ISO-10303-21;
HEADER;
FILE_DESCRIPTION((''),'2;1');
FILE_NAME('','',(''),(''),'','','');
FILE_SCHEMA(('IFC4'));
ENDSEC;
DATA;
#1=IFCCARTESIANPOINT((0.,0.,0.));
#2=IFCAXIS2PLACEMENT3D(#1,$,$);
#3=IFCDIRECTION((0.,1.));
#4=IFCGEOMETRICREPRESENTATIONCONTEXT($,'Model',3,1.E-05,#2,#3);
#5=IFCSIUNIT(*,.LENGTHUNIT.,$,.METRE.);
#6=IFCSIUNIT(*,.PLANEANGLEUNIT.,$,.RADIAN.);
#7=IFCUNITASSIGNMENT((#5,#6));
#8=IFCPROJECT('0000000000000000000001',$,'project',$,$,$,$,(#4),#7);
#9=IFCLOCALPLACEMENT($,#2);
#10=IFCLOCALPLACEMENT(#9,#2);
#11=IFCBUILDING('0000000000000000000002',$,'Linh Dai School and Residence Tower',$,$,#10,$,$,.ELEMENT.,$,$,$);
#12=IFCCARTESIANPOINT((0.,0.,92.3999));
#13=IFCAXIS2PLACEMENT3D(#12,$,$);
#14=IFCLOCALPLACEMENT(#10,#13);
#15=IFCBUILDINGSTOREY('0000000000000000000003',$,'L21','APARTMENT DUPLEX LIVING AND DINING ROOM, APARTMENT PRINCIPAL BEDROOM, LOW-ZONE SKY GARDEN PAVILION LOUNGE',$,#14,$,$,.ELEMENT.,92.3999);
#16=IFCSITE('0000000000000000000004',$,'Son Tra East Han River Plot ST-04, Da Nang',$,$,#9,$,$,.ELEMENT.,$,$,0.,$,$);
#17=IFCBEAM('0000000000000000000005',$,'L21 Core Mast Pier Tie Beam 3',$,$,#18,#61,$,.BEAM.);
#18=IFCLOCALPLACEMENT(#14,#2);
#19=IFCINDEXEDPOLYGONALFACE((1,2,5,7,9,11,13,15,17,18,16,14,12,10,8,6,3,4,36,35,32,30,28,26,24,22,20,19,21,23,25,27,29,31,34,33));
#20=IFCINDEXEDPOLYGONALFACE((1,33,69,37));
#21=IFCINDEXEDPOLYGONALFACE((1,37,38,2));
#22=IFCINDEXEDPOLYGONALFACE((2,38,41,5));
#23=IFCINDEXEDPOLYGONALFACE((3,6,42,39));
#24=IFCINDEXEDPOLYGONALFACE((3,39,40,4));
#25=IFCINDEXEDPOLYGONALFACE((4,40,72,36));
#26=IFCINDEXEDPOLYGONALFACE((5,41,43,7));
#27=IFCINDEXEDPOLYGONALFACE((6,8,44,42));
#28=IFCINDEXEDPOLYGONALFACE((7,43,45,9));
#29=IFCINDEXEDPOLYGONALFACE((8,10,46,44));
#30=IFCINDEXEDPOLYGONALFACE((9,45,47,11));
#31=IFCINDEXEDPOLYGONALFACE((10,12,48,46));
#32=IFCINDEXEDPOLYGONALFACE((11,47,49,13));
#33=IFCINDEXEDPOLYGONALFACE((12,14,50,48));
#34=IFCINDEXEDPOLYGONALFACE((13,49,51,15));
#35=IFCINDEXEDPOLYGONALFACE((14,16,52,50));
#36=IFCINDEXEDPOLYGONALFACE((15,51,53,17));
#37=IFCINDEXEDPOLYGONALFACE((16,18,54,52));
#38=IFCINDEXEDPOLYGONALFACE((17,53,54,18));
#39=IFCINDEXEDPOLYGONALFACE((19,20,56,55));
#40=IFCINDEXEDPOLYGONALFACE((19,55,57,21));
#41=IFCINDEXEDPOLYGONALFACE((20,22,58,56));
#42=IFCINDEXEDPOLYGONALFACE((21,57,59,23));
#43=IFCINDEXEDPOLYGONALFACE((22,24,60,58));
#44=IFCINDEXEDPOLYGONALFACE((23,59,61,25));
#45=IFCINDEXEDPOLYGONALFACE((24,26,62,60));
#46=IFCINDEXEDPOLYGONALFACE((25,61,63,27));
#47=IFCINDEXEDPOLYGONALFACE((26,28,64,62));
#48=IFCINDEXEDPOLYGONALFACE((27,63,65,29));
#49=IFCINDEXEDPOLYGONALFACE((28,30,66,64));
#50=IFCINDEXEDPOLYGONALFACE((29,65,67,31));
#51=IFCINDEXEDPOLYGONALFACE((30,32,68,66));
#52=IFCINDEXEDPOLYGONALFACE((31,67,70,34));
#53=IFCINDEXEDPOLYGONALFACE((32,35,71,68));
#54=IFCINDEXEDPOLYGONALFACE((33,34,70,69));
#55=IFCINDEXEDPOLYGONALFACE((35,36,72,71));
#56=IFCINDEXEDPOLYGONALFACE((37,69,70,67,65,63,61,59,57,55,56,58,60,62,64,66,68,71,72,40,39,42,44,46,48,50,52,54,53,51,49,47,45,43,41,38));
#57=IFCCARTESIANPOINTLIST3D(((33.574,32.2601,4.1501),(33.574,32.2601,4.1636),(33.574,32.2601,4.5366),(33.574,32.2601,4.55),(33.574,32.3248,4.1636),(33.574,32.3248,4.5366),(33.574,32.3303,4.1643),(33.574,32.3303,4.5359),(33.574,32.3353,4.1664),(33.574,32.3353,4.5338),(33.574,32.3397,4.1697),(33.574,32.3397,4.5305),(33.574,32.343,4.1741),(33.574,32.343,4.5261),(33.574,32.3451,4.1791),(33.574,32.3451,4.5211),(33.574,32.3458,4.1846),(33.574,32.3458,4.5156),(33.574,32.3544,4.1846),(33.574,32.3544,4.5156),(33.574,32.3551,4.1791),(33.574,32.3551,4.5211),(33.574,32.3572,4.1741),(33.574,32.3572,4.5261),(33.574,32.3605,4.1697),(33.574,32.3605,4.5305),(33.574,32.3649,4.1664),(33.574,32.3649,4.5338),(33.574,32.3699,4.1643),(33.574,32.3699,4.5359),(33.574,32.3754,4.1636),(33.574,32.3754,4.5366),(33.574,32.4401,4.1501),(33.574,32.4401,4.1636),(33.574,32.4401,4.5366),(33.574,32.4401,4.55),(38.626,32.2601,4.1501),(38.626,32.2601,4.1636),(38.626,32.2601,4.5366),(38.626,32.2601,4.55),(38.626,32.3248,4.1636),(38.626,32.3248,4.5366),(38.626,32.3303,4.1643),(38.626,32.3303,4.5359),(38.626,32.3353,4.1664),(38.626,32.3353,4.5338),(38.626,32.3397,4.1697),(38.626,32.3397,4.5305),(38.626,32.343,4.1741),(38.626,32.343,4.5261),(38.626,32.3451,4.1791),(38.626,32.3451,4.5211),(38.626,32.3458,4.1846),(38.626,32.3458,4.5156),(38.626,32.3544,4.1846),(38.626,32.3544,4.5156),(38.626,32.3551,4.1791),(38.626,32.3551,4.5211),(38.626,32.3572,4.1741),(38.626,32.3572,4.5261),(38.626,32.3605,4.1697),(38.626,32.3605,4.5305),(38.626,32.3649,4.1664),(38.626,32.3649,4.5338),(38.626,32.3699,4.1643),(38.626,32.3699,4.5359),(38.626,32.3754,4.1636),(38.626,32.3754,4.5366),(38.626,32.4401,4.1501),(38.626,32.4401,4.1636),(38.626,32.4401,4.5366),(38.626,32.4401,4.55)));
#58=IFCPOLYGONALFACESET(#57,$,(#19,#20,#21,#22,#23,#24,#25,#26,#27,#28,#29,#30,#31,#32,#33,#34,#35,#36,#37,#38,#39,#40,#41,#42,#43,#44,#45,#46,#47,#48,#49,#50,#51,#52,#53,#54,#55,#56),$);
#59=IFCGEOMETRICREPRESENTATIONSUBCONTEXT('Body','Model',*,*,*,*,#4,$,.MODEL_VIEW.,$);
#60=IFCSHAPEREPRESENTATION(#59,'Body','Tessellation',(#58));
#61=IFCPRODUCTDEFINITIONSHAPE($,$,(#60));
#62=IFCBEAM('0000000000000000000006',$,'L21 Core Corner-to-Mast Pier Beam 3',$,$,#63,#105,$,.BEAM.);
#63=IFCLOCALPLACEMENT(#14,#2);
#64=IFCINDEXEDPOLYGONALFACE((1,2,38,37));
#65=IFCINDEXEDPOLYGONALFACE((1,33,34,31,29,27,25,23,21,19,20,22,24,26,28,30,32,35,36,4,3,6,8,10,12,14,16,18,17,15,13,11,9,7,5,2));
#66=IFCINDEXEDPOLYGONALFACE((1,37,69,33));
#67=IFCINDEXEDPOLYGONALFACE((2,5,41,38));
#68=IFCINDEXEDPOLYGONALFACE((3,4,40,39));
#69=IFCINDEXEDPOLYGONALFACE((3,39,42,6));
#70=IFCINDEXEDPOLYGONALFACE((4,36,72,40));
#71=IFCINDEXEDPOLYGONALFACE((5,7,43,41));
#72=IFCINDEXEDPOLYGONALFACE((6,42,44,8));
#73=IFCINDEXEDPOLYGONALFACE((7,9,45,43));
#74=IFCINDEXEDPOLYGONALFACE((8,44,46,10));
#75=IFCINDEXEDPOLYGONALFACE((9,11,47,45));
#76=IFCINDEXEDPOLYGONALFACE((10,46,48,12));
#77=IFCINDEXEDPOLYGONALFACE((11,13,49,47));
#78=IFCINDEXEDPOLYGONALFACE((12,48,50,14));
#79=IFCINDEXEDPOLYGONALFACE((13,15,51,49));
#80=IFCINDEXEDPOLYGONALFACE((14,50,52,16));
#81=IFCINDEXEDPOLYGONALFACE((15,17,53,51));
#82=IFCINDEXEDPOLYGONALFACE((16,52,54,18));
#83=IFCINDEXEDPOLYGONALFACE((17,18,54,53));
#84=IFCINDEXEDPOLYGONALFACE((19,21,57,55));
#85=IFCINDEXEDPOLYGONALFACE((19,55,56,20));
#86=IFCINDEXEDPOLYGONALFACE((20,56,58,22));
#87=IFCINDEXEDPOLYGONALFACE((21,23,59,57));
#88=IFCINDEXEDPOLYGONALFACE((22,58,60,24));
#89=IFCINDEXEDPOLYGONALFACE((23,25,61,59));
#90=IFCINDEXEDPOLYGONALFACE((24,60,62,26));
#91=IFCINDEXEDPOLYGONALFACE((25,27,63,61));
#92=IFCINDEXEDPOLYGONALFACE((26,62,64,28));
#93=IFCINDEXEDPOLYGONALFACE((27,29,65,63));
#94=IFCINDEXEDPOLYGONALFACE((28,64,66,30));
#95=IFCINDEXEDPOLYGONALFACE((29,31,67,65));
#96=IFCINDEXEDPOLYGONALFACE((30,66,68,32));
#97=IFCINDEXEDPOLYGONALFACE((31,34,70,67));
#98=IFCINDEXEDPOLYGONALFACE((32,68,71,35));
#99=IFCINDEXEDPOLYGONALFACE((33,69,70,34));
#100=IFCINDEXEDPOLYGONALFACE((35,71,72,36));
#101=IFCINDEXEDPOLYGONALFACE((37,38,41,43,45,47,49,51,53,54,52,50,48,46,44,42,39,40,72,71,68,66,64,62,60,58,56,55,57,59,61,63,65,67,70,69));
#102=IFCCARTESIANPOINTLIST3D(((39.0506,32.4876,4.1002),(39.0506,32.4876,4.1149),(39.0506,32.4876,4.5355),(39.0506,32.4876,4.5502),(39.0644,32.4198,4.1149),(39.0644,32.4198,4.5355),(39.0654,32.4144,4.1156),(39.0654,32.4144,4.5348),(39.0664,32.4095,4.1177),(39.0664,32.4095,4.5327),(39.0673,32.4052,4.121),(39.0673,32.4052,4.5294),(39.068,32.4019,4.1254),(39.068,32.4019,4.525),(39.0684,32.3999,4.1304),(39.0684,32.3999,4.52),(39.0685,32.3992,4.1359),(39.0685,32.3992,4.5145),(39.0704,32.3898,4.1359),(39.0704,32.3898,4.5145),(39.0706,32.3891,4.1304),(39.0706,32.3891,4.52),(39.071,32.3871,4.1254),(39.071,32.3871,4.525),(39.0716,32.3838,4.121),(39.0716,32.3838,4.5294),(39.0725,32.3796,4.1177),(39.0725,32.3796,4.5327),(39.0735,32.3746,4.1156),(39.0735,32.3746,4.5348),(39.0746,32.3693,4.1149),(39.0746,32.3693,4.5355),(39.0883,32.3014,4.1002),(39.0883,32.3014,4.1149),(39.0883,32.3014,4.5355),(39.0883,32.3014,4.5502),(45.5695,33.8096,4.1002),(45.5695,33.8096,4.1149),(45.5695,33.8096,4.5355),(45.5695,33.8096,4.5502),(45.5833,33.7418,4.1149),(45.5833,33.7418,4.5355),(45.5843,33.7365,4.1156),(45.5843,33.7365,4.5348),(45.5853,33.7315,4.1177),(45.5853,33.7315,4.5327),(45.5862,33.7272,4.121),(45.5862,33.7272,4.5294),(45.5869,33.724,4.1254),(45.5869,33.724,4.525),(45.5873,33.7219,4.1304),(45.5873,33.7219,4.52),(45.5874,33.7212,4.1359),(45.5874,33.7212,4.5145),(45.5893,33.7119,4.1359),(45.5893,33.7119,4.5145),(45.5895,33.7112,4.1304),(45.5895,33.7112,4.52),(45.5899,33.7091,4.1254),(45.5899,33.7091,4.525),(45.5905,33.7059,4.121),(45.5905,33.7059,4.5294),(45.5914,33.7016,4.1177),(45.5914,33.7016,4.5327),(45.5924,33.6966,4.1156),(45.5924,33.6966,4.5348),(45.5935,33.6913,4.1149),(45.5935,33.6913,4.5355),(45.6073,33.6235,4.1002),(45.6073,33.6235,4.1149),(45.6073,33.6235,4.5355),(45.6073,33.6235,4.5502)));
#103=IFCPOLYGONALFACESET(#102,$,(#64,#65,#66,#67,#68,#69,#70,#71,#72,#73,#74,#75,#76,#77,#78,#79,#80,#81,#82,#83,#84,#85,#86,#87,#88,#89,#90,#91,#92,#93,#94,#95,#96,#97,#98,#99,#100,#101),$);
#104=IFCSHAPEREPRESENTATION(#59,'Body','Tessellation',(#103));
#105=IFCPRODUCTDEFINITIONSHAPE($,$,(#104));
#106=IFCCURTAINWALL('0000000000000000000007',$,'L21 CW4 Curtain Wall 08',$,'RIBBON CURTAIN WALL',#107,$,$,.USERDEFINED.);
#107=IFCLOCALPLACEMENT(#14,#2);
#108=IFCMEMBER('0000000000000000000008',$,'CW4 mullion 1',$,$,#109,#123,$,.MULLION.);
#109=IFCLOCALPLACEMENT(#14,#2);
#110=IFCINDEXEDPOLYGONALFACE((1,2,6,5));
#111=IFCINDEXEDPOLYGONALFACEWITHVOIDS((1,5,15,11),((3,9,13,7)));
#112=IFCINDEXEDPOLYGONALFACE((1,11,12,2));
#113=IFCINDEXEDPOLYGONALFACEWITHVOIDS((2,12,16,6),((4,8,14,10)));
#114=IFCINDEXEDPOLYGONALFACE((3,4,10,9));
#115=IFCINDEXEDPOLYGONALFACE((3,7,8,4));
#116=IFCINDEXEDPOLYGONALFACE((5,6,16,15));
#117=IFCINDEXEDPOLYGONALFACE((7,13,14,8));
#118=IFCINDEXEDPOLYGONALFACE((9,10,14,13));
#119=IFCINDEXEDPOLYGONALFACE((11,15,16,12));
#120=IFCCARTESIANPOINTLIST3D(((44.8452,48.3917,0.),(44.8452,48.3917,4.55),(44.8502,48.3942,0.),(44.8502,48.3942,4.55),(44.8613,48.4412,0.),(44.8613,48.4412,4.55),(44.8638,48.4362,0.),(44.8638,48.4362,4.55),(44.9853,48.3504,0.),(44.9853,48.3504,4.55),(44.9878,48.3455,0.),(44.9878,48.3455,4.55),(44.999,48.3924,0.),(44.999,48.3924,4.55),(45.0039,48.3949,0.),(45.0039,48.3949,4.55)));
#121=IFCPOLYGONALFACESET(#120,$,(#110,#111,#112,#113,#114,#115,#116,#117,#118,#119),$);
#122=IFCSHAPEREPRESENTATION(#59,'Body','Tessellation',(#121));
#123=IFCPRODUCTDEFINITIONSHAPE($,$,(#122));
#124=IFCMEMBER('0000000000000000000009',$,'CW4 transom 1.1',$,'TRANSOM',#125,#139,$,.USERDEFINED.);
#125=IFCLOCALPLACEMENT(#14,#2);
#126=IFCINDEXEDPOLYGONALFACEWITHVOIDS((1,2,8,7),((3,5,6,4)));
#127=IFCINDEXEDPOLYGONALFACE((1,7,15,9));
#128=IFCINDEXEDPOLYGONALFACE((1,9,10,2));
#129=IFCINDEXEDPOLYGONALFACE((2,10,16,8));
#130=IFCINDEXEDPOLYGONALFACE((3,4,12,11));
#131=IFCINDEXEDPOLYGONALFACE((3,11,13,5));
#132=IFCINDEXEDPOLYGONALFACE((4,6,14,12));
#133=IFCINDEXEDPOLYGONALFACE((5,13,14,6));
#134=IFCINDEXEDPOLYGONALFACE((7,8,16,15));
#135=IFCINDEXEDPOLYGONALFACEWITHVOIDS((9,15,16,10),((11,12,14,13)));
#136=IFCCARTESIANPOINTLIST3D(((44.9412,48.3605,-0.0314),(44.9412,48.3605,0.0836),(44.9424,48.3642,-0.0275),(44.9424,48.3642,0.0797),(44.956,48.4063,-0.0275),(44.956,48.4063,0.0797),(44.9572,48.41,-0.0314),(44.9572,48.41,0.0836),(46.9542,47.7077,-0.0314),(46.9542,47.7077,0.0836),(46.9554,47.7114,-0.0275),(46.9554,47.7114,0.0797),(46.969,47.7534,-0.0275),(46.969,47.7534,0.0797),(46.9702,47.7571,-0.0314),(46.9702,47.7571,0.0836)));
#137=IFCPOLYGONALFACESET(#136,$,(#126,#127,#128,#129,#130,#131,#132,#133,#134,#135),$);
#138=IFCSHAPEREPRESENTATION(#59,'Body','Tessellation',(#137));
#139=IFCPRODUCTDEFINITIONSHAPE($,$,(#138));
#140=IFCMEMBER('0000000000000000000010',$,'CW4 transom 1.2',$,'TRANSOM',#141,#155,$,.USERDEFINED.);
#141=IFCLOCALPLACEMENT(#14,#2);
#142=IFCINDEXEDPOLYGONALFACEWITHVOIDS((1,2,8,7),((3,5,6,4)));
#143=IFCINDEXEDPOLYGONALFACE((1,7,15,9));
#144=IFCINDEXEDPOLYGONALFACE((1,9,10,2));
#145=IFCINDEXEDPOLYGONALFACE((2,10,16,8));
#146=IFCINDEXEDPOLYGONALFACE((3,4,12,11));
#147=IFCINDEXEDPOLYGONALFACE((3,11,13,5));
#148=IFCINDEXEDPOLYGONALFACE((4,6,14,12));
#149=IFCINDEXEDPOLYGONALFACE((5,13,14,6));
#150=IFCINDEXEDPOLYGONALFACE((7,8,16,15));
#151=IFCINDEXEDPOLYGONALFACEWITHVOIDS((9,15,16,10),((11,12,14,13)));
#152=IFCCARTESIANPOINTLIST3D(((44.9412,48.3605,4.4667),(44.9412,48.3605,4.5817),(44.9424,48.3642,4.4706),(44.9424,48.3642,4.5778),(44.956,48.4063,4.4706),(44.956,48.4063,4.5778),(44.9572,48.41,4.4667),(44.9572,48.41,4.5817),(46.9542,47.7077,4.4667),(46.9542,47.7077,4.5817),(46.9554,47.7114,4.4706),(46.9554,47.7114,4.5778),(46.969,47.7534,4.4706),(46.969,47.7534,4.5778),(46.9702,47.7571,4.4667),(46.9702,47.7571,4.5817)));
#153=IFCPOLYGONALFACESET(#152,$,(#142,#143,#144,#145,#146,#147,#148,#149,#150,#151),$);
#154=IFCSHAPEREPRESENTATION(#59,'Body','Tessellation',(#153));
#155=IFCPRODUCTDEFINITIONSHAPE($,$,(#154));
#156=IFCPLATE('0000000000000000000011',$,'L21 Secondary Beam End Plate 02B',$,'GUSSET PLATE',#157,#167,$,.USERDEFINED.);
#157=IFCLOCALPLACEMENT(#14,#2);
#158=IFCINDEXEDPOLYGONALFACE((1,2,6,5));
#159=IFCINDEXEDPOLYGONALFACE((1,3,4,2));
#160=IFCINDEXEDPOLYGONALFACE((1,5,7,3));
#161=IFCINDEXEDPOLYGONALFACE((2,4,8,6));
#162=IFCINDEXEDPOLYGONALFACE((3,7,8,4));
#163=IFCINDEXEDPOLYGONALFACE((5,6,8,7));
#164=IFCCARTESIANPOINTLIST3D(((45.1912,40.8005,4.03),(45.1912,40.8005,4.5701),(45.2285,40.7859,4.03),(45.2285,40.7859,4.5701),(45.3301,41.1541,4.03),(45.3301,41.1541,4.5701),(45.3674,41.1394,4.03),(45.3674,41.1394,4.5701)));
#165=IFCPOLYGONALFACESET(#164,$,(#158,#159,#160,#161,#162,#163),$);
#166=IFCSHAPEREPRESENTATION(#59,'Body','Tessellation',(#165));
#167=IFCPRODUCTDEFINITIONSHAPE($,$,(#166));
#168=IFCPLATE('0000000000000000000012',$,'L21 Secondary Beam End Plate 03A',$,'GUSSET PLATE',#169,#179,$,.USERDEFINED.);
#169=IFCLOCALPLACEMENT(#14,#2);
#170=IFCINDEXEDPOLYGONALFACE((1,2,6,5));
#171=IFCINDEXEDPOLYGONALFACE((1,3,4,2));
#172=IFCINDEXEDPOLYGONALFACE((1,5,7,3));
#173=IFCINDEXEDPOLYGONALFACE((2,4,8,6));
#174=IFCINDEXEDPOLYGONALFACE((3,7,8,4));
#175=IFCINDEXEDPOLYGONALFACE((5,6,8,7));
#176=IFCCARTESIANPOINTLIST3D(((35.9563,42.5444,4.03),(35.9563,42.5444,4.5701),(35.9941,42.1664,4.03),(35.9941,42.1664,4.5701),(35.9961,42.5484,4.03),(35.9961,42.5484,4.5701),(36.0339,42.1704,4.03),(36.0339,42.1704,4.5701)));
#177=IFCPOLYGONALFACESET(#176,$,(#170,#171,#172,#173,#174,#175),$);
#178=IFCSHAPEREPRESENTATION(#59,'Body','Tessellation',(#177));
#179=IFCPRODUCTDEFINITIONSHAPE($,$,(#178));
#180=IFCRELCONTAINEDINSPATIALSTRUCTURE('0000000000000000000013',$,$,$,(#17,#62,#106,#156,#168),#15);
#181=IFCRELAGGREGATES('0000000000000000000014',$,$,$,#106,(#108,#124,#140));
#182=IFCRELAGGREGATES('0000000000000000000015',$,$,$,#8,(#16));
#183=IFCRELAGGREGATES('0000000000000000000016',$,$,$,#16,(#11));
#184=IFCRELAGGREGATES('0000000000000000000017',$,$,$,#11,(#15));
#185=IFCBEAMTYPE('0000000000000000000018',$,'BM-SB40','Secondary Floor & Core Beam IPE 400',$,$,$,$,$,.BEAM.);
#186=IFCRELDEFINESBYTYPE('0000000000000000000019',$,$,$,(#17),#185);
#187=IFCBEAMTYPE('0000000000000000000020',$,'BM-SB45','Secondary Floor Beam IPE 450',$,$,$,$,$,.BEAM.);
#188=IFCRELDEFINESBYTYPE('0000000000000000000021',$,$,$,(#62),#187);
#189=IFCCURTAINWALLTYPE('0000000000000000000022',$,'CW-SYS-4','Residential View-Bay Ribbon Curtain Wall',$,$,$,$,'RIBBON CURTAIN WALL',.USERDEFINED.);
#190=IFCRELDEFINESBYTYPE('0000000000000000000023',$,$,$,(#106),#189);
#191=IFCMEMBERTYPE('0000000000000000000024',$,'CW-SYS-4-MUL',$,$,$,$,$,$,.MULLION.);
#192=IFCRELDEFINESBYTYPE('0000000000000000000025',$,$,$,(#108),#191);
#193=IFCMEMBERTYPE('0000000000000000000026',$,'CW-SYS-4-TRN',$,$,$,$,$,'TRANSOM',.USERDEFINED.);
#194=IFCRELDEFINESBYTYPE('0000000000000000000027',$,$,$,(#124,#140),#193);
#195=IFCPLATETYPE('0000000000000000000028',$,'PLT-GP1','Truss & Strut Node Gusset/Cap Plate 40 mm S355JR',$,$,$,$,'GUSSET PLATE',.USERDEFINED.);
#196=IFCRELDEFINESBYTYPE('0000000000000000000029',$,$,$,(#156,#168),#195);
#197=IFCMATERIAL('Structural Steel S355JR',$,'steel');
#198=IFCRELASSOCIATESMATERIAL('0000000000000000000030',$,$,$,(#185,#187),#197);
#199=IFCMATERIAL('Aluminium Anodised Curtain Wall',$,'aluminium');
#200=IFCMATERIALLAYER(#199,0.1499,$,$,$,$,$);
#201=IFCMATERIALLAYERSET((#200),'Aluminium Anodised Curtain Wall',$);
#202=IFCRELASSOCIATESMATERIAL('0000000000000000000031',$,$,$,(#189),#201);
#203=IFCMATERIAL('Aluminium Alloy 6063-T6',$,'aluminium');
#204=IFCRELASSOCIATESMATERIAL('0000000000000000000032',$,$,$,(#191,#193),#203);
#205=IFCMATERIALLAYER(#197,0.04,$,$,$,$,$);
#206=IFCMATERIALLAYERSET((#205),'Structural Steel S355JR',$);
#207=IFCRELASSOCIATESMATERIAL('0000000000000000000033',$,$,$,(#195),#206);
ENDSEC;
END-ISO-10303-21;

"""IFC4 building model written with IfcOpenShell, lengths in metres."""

from ifc_helpers import new_model, si_unit, direction, frame, origin, origin_2d, place, context, subcontext, project, spatial, rectangle, hollow_rectangle, i_section, extrude, source, transform, mapped, material, layer, layer_set, material_profile, profile_set, type_object, element, aggregate, save


model = new_model("IFC4")

# Units and contexts
model_context = context("Model", 3, precision=1e-05, world=origin(), true_north=direction((0.0, 1.0)))
body_context = subcontext(model_context, "Body", "Model", "MODEL_VIEW")
ifc_project = project(units=[si_unit("LENGTHUNIT", "METRE"), si_unit("PLANEANGLEUNIT", "RADIAN")], contexts=[model_context])

# Site, building, storey
site_placement = place(None, origin())
site = spatial("IfcSite", under=ifc_project, at=site_placement, Name="Son Tra East Han River Plot ST-04, Da Nang", CompositionType="ELEMENT", RefElevation=0.0)
building_placement = place(site_placement, origin())
building = spatial("IfcBuilding", under=site, at=building_placement, Name="Linh Dai School and Residence Tower", CompositionType="ELEMENT")
storey_placement = place(building_placement, frame((0.0, 0.0, 92.3999)))
storey = spatial("IfcBuildingStorey", under=building, at=storey_placement, Name="L21", Description="APARTMENT DUPLEX LIVING AND DINING ROOM, APARTMENT PRINCIPAL BEDROOM, LOW-ZONE SKY GARDEN PAVILION LOUNGE", CompositionType="ELEMENT", Elevation=92.3999)

# Shared definitions
ifc_material_1 = material(Name="Structural Steel S355JR", Category="steel")

# Beams
ifc_material_profile_1 = material_profile(ifc_material_1, i_section(OverallWidth=0.1799, OverallDepth=0.3999, WebThickness=0.0085, FlangeThickness=0.0134, FilletRadius=0.021, at=origin_2d()), Name="IPE 400")
ifc_profile_set_1 = profile_set([ifc_material_profile_1], Name="Structural Steel S355JR")
beam_type_1 = type_object("IfcBeamType", Name="BM-SB40", Description="Secondary Floor & Core Beam IPE 400", PredefinedType="BEAM", material=ifc_profile_set_1)
beam_1_placement = place(storey_placement, frame((38.626, 32.3501, 4.3501), z_axis=(-1.0, 0.0, 0.0), x_axis=(0.0, -1.0, 0.0)))
element("IfcBeam", 1, at=beam_1_placement, inside=storey, type_object=beam_type_1, Name="L21 Core Mast Pier Tie Beam 3", PredefinedType="BEAM", context=body_context, shape_type="SweptSolid", body=[
    extrude(i_section(OverallWidth=0.1799, OverallDepth=0.3999, WebThickness=0.0085, FlangeThickness=0.0134, FilletRadius=0.021, at=origin_2d()), origin(), (0.0, 0.0, 1.0), 5.052),
])
ifc_material_profile_2 = material_profile(ifc_material_1, i_section(OverallWidth=0.1899, OverallDepth=0.45, WebThickness=0.0095, FlangeThickness=0.0146, FilletRadius=0.021, at=origin_2d()), Name="IPE 450")
ifc_profile_set_2 = profile_set([ifc_material_profile_2], Name="Structural Steel S355JR")
beam_type_2 = type_object("IfcBeamType", Name="BM-SB45", Description="Secondary Floor Beam IPE 450", PredefinedType="BEAM", material=ifc_profile_set_2)
beam_2_placement = place(storey_placement, frame((45.5884, 33.7166, 4.3252), z_axis=(-0.980049, -0.198755, 0.0), x_axis=(0.198755, -0.980049, 0.0)))
element("IfcBeam", 2, at=beam_2_placement, inside=storey, type_object=beam_type_2, Name="L21 Core Corner-to-Mast Pier Beam 3", PredefinedType="BEAM", context=body_context, shape_type="SweptSolid", body=[
    extrude(i_section(OverallWidth=0.1899, OverallDepth=0.45, WebThickness=0.0095, FlangeThickness=0.0146, FilletRadius=0.021, at=origin_2d()), origin(), (0.0, 0.0, 1.0), 6.6516),
])

# Curtain wall, members
ifc_material_2 = material(Name="Aluminium Anodised Curtain Wall", Category="aluminium")
ifc_layer_1 = layer(ifc_material_2, 0.1499)
ifc_layer_set_1 = layer_set([ifc_layer_1], Name="Aluminium Anodised Curtain Wall")
curtain_wall_type = type_object("IfcCurtainWallType", Name="CW-SYS-4", Description="Residential View-Bay Ribbon Curtain Wall", ElementType="RIBBON CURTAIN WALL", PredefinedType="USERDEFINED", material=ifc_layer_set_1)
curtain_wall_placement = place(storey_placement, origin())
curtain_wall = element("IfcCurtainWall", 3, at=curtain_wall_placement, inside=storey, type_object=curtain_wall_type, Name="L21 CW4 Curtain Wall 08", ObjectType="RIBBON CURTAIN WALL", PredefinedType="USERDEFINED")
ifc_material_3 = material(Name="Aluminium Alloy 6063-T6", Category="aluminium")
ifc_material_profile_3 = material_profile(ifc_material_3, hollow_rectangle(XDim=0.052, YDim=0.1499, WallThickness=0.0039, at=origin_2d()), Name="RHS 150x52x4")
ifc_profile_set_3 = profile_set([ifc_material_profile_3], Name="Aluminium Alloy 6063-T6")
member_type_1 = type_object("IfcMemberType", Name="CW-SYS-4-MUL", PredefinedType="MULLION", material=ifc_profile_set_3)
shared_shape_1 = source(origin(), body_context, "Body", "SweptSolid", [
    extrude(hollow_rectangle(XDim=0.052, YDim=0.1499, WallThickness=0.0039, at=origin_2d()), origin(), (0.0, 0.0, 1.0), 4.55),
])
member_1_placement = place(storey_placement, frame((44.9246, 48.3933, 0.0), z_axis=(0.0, 0.0, 1.0), x_axis=(0.308522, 0.951217, 0.0)))
member_1 = element("IfcMember", 4, at=member_1_placement, type_object=member_type_1, Name="CW4 mullion 1", PredefinedType="MULLION", context=body_context, shape_type="MappedRepresentation", body=[
    mapped(shared_shape_1, transform((0.0, 0.0, 0.0), x_axis=(1.0, 0.0, 0.0), y_axis=(0.0, 1.0, 0.0), z_axis=(0.0, 0.0, 1.0), scale=1.0)),
])
ifc_material_profile_4 = material_profile(ifc_material_3, hollow_rectangle(XDim=0.052, YDim=0.115, WallThickness=0.0039, at=origin_2d()), Name="RHS 115x52x4")
ifc_profile_set_4 = profile_set([ifc_material_profile_4], Name="Aluminium Alloy 6063-T6")
member_type_2 = type_object("IfcMemberType", Name="CW-SYS-4-TRN", ElementType="TRANSOM", PredefinedType="USERDEFINED", material=ifc_profile_set_4)
shared_shape_2 = source(origin(), body_context, "Body", "SweptSolid", [
    extrude(hollow_rectangle(XDim=0.052, YDim=0.115, WallThickness=0.0039, at=origin_2d()), origin(), (0.0, 0.0, 1.0), 2.1162),
])
member_2_placement = place(storey_placement, frame((44.9492, 48.3853, 0.0261), z_axis=(0.951225, -0.308499, 0.0), x_axis=(0.308499, 0.951225, 0.0)))
member_2 = element("IfcMember", 5, at=member_2_placement, type_object=member_type_2, Name="CW4 transom 1.1", ObjectType="TRANSOM", PredefinedType="USERDEFINED", context=body_context, shape_type="MappedRepresentation", body=[
    mapped(shared_shape_2, transform((0.0, 0.0, 0.0), x_axis=(1.0, 0.0, 0.0), y_axis=(0.0, 1.0, 0.0), z_axis=(0.0, 0.0, 1.0), scale=1.0)),
])
member_3_placement = place(storey_placement, frame((44.9492, 48.3853, 4.5242), z_axis=(0.951225, -0.308499, 0.0), x_axis=(0.308499, 0.951225, 0.0)))
member_3 = element("IfcMember", 6, at=member_3_placement, type_object=member_type_2, Name="CW4 transom 1.2", ObjectType="TRANSOM", PredefinedType="USERDEFINED", context=body_context, shape_type="MappedRepresentation", body=[
    mapped(shared_shape_2, transform((0.0, 0.0, 0.0), x_axis=(1.0, 0.0, 0.0), y_axis=(0.0, 1.0, 0.0), z_axis=(0.0, 0.0, 1.0), scale=1.0)),
])

# Plates
ifc_layer_2 = layer(ifc_material_1, 0.04)
ifc_layer_set_2 = layer_set([ifc_layer_2], Name="Structural Steel S355JR")
plate_type_1 = type_object("IfcPlateType", Name="PLT-GP1", Description="Truss & Strut Node Gusset/Cap Plate 40 mm S355JR", ElementType="GUSSET PLATE", PredefinedType="USERDEFINED", material=ifc_layer_set_2)
shared_shape_3 = source(origin(), body_context, "Body", "SweptSolid", [
    extrude(rectangle(XDim=0.04, YDim=0.3799, at=origin_2d()), origin(), (0.0, 0.0, 1.0), 0.54),
])
for number, where, z_axis, x_axis, name in (
    (7, (45.2793, 40.97, 4.03), (0.0, 0.0, 1.0), (-0.930752, 0.36565, 0.0), "L21 Secondary Beam End Plate 02B"),
    (8, (35.9951, 42.3574, 4.03), (0.0, 0.0, 1.0), (-0.995042, -0.099458, 0.0), "L21 Secondary Beam End Plate 03A"),
):
    element("IfcPlate", number, at=place(storey_placement, frame(where, z_axis=z_axis, x_axis=x_axis)), inside=storey, type_object=plate_type_1, Name=name, ObjectType="GUSSET PLATE", PredefinedType="USERDEFINED", context=body_context, shape_type="MappedRepresentation", body=[
        mapped(shared_shape_3, transform((0.0, 0.0, 0.0), x_axis=(1.0, 0.0, 0.0), y_axis=(0.0, 1.0, 0.0), z_axis=(0.0, 0.0, 1.0), scale=1.0)),
    ])

aggregate(curtain_wall, [member_1, member_2, member_3])

save(model, "model.ifc")
